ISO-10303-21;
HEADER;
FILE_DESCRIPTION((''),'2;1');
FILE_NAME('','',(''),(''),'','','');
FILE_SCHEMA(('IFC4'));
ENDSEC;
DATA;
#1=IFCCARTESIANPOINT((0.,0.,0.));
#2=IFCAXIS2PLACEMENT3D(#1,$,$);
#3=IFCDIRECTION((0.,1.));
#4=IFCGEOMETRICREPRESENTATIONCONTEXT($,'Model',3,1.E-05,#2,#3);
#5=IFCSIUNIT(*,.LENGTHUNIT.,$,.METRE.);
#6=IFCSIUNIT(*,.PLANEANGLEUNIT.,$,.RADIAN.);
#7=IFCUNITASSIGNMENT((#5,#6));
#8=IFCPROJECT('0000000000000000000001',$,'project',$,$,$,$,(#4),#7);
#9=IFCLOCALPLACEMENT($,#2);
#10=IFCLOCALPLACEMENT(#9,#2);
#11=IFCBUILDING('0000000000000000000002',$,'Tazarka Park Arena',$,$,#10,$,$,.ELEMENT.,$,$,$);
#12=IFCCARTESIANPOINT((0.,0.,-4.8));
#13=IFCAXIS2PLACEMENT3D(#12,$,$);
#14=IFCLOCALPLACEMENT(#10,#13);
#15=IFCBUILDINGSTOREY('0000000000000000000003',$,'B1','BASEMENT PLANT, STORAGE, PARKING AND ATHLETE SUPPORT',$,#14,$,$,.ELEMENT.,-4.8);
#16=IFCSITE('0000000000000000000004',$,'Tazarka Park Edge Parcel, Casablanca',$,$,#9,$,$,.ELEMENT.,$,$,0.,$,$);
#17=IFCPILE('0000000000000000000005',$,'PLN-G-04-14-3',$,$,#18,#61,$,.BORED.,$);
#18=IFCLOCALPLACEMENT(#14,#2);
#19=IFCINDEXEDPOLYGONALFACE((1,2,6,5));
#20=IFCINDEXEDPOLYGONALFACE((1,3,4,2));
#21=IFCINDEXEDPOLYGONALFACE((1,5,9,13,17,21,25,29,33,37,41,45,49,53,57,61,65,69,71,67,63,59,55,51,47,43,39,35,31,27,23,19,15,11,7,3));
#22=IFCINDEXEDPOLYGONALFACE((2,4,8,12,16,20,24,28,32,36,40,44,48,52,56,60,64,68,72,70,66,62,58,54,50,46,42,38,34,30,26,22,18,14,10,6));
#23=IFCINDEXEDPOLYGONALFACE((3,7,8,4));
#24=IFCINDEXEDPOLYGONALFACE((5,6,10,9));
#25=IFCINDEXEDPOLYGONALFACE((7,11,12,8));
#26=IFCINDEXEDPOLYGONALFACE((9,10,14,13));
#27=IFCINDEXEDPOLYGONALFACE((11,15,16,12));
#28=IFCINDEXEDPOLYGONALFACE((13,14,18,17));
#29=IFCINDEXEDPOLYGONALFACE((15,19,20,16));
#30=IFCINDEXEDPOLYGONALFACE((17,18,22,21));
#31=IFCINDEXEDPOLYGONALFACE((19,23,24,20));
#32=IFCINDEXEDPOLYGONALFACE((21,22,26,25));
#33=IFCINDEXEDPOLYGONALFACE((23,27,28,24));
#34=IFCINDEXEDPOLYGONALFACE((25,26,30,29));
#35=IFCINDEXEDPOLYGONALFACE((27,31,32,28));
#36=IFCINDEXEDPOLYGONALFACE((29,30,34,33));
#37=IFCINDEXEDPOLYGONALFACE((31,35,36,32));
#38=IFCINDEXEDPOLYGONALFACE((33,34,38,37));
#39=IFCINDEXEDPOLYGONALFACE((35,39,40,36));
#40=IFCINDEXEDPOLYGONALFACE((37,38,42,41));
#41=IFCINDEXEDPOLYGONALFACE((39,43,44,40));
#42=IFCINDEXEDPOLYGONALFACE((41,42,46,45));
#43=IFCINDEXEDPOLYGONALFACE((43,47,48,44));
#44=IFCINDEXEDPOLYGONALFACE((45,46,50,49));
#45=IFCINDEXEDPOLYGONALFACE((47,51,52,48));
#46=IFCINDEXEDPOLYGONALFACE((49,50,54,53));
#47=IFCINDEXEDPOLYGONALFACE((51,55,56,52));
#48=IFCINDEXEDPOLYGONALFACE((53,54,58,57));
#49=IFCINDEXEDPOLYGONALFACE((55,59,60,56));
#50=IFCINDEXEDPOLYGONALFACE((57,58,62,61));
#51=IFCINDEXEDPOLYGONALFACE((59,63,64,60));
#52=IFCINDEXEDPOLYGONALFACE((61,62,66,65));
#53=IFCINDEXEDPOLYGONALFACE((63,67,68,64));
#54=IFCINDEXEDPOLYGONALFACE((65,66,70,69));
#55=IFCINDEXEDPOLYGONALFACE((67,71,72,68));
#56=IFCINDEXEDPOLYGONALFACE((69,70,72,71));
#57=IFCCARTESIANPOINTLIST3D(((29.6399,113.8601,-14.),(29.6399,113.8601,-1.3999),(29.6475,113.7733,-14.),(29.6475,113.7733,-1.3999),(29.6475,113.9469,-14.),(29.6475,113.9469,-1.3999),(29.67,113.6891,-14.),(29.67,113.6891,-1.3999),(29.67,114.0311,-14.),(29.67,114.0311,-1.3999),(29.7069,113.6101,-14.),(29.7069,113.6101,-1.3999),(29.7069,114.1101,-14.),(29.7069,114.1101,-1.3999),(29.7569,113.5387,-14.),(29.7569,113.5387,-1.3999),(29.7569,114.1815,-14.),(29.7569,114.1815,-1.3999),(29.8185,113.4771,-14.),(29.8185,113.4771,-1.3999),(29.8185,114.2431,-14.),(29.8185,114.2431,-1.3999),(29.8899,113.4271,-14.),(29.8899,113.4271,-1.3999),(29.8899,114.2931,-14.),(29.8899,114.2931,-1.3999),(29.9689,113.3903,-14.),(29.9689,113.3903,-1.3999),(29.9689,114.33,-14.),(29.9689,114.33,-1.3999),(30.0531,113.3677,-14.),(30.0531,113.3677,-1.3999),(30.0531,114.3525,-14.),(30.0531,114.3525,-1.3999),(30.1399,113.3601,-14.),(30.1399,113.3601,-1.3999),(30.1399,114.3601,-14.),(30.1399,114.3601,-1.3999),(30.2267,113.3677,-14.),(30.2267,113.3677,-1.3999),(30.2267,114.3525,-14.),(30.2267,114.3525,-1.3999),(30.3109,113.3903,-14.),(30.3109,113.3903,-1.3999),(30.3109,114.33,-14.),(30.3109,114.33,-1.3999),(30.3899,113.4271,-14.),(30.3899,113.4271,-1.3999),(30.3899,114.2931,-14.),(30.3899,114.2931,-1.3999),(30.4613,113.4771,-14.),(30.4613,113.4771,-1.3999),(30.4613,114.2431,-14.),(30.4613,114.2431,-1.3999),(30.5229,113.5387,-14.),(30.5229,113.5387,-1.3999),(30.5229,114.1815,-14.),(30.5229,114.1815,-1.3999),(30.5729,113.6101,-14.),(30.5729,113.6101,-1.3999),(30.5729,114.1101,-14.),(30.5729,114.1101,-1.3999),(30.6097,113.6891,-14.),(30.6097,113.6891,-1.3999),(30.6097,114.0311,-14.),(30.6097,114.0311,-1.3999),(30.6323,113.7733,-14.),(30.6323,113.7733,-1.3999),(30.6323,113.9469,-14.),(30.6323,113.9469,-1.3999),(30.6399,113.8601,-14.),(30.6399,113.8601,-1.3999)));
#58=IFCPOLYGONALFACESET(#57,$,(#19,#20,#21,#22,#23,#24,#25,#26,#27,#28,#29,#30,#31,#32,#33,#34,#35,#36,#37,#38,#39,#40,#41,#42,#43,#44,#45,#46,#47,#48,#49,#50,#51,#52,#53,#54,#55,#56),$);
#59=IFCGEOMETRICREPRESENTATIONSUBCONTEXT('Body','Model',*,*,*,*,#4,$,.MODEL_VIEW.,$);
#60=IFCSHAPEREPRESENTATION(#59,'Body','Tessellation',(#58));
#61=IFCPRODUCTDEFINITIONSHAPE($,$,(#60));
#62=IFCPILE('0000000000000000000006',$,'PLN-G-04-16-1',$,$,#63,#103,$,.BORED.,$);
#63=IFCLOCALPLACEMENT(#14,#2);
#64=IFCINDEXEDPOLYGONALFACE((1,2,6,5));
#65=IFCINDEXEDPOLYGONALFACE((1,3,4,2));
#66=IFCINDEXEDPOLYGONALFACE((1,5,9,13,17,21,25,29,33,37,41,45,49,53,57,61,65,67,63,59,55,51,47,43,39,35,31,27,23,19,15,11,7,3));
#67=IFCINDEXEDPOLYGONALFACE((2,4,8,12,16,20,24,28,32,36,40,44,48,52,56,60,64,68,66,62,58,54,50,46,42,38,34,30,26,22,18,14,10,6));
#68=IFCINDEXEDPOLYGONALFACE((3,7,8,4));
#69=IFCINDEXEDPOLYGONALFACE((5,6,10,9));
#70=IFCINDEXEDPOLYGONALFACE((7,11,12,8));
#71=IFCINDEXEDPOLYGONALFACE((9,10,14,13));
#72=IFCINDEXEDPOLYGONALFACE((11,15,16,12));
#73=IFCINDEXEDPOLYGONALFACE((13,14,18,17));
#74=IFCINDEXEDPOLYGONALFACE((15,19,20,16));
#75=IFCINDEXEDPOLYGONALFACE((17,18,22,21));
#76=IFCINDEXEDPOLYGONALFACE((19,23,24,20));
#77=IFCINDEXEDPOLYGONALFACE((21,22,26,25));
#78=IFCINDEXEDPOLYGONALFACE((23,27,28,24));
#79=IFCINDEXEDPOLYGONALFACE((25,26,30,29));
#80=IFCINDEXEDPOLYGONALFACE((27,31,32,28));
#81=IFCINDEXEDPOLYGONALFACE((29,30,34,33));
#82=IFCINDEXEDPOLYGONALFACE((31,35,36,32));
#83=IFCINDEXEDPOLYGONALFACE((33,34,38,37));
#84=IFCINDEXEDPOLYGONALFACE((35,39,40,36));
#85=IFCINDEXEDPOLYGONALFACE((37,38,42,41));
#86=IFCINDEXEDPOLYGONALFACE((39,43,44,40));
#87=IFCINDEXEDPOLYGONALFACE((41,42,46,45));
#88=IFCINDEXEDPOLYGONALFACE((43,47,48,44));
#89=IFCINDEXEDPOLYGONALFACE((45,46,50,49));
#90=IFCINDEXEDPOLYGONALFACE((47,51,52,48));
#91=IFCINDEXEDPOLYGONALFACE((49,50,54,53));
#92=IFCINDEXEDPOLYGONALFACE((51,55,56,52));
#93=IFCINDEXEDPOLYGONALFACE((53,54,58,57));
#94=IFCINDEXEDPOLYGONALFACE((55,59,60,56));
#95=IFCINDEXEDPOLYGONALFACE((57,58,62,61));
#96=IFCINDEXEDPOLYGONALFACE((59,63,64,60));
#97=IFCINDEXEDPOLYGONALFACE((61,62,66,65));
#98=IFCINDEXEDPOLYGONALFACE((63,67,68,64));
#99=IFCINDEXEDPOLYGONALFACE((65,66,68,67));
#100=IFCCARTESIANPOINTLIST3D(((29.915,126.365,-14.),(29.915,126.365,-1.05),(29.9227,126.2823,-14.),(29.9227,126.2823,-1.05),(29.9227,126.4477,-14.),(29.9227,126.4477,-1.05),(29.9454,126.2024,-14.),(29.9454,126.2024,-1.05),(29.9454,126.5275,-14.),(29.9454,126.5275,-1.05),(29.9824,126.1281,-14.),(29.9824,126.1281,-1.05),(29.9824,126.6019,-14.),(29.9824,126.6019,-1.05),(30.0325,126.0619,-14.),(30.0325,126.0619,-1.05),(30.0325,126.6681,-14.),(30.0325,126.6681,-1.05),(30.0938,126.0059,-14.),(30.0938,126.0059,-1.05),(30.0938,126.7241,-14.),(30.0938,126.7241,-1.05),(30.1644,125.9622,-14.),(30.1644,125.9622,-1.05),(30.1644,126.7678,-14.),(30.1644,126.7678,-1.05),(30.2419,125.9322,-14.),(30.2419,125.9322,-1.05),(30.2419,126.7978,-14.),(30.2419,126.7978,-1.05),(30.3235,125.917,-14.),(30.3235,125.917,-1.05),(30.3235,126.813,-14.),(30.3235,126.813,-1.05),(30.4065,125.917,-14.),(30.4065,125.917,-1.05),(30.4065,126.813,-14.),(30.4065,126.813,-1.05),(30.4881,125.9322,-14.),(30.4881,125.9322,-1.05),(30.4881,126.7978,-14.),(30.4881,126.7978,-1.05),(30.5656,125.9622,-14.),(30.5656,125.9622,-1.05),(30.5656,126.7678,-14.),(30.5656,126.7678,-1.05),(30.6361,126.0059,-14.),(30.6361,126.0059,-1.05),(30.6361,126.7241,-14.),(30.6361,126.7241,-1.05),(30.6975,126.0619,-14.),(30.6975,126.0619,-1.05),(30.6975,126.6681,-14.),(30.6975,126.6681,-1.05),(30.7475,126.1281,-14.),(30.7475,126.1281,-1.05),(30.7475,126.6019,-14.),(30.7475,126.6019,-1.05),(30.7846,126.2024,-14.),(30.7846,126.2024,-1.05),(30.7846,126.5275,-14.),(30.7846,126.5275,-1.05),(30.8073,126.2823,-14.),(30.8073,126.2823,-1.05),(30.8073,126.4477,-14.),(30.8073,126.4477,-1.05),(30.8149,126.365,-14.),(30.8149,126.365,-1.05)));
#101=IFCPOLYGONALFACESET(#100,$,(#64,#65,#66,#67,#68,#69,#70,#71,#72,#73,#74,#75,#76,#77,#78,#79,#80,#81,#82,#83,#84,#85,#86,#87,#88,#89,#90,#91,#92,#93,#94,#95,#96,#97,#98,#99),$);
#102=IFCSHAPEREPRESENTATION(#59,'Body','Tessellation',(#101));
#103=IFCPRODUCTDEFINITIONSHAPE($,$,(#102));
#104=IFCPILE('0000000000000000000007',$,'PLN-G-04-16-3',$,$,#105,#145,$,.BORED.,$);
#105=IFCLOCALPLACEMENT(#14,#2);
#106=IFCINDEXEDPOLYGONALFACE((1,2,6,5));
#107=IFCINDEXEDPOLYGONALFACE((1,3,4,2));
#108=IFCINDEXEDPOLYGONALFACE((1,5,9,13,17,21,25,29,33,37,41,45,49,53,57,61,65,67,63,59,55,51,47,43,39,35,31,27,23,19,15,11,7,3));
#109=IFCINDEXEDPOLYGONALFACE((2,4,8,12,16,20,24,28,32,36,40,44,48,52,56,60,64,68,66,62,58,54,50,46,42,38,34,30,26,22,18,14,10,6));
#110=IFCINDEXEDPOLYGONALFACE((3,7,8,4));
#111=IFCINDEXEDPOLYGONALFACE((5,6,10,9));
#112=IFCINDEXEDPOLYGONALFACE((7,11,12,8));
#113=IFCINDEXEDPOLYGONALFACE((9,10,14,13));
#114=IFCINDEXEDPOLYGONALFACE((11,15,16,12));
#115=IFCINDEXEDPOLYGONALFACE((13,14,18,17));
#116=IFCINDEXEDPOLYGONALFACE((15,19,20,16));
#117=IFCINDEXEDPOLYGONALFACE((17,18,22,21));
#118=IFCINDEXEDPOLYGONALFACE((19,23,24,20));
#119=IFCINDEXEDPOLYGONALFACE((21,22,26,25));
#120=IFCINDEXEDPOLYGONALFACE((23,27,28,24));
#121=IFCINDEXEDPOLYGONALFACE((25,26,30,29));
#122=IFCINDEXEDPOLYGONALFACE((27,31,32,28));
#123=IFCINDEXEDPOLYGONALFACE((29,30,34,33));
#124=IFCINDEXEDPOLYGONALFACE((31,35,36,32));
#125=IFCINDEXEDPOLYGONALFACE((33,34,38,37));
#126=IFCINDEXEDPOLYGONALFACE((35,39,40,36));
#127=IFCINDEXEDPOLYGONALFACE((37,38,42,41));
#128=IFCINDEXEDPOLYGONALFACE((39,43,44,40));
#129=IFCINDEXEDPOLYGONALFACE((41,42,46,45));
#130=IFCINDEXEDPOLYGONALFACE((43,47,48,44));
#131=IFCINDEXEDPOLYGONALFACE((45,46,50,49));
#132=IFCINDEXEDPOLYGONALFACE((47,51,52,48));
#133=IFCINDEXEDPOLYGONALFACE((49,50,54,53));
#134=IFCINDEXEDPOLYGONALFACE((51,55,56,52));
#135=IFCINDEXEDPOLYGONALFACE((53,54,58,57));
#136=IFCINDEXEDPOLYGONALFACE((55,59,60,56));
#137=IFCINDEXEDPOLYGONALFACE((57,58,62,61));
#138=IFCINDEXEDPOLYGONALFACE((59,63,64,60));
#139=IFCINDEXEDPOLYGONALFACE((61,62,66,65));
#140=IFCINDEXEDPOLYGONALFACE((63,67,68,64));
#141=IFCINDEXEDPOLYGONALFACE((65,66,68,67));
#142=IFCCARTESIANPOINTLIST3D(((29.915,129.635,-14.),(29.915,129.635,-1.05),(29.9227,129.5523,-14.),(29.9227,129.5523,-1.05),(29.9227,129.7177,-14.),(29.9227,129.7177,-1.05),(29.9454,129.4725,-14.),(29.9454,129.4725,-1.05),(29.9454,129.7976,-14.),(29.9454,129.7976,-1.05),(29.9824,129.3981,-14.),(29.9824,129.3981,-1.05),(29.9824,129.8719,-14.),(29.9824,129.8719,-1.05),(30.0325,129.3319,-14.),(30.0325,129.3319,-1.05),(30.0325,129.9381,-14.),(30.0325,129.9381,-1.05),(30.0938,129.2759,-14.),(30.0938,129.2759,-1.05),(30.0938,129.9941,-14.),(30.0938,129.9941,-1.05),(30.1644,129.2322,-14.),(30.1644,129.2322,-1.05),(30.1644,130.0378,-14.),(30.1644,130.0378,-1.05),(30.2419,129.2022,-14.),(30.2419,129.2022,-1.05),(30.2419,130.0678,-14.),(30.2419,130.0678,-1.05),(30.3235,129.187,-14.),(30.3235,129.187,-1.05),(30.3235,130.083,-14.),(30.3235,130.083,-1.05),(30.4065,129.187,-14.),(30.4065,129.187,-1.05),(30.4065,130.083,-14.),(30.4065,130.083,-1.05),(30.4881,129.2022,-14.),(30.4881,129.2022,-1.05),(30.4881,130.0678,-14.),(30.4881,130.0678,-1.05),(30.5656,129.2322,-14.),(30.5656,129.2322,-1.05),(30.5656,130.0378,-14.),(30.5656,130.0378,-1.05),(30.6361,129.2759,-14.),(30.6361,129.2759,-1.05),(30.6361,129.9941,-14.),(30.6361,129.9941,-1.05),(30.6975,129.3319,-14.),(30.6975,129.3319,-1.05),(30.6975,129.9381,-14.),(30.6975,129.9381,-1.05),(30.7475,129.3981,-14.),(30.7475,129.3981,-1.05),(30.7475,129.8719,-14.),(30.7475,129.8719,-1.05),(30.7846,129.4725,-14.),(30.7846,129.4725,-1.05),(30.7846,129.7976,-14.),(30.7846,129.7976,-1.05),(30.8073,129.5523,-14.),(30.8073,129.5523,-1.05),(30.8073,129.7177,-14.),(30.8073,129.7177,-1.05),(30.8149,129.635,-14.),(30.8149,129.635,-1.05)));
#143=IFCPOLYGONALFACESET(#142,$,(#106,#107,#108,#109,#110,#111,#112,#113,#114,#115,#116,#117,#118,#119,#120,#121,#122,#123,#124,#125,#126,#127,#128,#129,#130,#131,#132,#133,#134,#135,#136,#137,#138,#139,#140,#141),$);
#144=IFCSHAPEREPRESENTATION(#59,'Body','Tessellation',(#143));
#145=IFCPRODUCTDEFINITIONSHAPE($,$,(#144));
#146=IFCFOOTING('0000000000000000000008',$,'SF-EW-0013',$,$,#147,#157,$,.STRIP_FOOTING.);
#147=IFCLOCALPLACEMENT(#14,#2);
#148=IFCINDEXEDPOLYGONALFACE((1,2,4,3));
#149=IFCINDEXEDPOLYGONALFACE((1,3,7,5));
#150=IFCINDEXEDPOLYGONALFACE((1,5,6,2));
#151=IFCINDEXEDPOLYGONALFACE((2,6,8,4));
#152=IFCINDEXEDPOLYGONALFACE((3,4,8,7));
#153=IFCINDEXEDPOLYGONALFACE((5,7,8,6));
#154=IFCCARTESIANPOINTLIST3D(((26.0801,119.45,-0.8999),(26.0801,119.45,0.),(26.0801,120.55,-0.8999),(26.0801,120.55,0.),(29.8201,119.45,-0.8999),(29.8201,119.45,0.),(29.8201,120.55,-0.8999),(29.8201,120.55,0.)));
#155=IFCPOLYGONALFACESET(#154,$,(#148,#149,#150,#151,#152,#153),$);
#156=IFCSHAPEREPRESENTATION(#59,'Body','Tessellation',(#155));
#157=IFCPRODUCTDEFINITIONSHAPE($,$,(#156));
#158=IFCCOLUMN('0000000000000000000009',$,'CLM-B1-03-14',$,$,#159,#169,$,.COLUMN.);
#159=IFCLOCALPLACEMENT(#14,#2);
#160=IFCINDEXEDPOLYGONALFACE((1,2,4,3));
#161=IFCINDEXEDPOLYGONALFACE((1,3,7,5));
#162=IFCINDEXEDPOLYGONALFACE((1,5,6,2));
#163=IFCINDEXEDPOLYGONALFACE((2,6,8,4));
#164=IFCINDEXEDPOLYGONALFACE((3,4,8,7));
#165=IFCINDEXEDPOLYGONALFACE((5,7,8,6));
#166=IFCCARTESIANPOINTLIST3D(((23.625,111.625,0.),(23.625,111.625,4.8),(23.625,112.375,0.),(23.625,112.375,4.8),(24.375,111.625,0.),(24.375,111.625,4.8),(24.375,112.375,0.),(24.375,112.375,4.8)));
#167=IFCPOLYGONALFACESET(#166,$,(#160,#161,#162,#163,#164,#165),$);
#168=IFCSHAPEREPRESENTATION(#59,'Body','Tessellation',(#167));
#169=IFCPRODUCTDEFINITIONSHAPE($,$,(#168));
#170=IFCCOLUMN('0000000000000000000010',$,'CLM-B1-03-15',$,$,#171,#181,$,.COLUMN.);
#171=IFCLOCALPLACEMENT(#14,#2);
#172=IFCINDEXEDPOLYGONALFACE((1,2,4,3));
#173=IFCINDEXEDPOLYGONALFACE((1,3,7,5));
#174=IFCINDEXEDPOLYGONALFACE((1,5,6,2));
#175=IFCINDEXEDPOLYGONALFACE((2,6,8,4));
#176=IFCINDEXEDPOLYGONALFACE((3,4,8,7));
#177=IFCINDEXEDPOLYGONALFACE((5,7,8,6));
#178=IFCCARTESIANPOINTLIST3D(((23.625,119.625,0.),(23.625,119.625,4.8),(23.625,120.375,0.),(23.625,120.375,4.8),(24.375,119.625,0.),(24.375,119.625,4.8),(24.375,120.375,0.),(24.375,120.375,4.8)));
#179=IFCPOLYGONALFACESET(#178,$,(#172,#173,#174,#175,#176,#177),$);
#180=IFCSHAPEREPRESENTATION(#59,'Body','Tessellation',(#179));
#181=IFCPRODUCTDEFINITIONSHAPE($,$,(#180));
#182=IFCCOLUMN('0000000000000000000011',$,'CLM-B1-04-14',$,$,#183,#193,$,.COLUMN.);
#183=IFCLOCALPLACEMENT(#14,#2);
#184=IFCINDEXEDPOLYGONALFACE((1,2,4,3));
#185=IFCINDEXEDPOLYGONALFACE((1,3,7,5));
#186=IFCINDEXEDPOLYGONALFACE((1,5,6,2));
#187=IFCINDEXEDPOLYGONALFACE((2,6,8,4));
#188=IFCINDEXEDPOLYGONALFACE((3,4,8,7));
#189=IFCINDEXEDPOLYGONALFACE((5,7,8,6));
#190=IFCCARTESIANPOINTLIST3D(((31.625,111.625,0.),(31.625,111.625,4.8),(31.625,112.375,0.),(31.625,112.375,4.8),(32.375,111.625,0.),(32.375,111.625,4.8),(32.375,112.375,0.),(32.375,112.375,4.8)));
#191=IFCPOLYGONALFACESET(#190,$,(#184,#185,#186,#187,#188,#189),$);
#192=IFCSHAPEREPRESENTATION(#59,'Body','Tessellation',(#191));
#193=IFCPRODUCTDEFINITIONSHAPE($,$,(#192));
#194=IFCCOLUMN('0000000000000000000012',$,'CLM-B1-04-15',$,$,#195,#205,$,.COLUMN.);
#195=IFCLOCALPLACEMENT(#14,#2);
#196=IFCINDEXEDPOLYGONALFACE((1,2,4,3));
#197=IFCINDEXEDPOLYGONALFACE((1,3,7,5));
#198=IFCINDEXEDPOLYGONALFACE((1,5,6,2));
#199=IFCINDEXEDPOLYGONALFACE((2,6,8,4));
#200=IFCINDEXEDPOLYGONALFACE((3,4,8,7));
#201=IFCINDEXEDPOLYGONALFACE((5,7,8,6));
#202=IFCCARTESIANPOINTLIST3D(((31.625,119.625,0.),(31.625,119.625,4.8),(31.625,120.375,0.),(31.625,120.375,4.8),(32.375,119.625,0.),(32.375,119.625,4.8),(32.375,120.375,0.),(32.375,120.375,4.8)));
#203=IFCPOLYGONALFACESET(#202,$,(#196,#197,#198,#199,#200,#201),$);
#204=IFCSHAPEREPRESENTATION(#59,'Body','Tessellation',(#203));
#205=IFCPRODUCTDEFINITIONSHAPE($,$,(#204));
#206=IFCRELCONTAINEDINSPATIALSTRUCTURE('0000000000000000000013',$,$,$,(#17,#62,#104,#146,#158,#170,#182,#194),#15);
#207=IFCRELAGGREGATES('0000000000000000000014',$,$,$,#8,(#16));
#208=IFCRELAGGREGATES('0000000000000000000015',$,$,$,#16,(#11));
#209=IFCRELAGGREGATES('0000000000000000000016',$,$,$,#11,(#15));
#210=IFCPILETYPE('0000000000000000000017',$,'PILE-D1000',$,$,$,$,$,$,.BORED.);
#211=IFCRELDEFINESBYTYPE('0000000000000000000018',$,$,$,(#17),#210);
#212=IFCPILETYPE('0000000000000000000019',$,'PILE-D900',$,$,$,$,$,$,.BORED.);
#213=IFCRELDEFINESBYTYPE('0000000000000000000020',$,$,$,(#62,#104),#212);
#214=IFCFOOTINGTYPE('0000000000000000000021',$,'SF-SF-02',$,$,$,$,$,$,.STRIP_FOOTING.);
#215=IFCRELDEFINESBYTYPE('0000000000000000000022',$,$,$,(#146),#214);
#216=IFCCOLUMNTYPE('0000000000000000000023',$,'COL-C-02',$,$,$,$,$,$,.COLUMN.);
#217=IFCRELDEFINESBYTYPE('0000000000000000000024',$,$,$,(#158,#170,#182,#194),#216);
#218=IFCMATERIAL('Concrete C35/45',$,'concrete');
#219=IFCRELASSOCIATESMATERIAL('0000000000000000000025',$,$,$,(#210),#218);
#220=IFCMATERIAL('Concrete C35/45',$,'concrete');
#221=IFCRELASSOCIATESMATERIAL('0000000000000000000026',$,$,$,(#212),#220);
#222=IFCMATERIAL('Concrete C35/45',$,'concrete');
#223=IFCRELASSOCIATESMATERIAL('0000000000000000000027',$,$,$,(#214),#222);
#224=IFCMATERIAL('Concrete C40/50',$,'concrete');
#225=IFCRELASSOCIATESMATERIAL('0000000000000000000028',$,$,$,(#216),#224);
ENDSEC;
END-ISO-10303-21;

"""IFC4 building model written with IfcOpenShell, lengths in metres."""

from ifc_helpers import new_model, si_unit, direction, frame, origin, origin_2d, place, context, subcontext, project, spatial, rectangle, circle, extrude, material, material_profile, profile_set, type_object, element, save


model = new_model("IFC4")

# Units and contexts
model_context = context("Model", 3, precision=1e-05, world=origin(), true_north=direction((0.0, 1.0)))
body_context = subcontext(model_context, "Body", "Model", "MODEL_VIEW")
ifc_project = project(units=[si_unit("LENGTHUNIT", "METRE"), si_unit("PLANEANGLEUNIT", "RADIAN")], contexts=[model_context])

# Site, building, storey
site_placement = place(None, origin())
site = spatial("IfcSite", under=ifc_project, at=site_placement, Name="Tazarka Park Edge Parcel, Casablanca", CompositionType="ELEMENT", RefElevation=0.0)
building_placement = place(site_placement, origin())
building = spatial("IfcBuilding", under=site, at=building_placement, Name="Tazarka Park Arena", CompositionType="ELEMENT")
storey_placement = place(building_placement, frame((0.0, 0.0, -4.8)))
storey = spatial("IfcBuildingStorey", under=building, at=storey_placement, Name="B1", Description="BASEMENT PLANT, STORAGE, PARKING AND ATHLETE SUPPORT", CompositionType="ELEMENT", Elevation=-4.8)

# Piles
ifc_material_1 = material(Name="Concrete C35/45", Category="concrete")
ifc_material_profile_1 = material_profile(ifc_material_1, circle(Radius=0.5, at=origin_2d()), Name="Concrete C35/45")
ifc_profile_set_1 = profile_set([ifc_material_profile_1], Name="Concrete C35/45")
pile_type_1 = type_object("IfcPileType", Name="PILE-D1000", PredefinedType="BORED", material=ifc_profile_set_1)
for number, where, z_axis, x_axis, name in (
    (1, (30.1399, 113.8601, -1.3999), (0.0, 0.0, -1.0), (1.0, 0.0, 0.0), "PLN-G-04-14-3"),
):
    element("IfcPile", number, at=place(storey_placement, frame(where, z_axis=z_axis, x_axis=x_axis)), inside=storey, type_object=pile_type_1, Name=name, PredefinedType="BORED", context=body_context, shape_type="SweptSolid", body=[
        extrude(circle(Radius=0.5, at=origin_2d()), origin(), (0.0, 0.0, 1.0), 12.6001),
    ])
ifc_material_2 = material(Name="Concrete C35/45", Category="concrete")
ifc_material_profile_2 = material_profile(ifc_material_2, circle(Radius=0.45, at=origin_2d()), Name="Concrete C35/45")
ifc_profile_set_2 = profile_set([ifc_material_profile_2], Name="Concrete C35/45")
pile_type_2 = type_object("IfcPileType", Name="PILE-D900", PredefinedType="BORED", material=ifc_profile_set_2)
for number, where, z_axis, x_axis, name in (
    (2, (30.365, 126.365, -1.05), (0.0, 0.0, -1.0), (1.0, 0.0, 0.0), "PLN-G-04-16-1"),
    (3, (30.365, 129.635, -1.05), (0.0, 0.0, -1.0), (1.0, 0.0, 0.0), "PLN-G-04-16-3"),
):
    element("IfcPile", number, at=place(storey_placement, frame(where, z_axis=z_axis, x_axis=x_axis)), inside=storey, type_object=pile_type_2, Name=name, PredefinedType="BORED", context=body_context, shape_type="SweptSolid", body=[
        extrude(circle(Radius=0.45, at=origin_2d()), origin(), (0.0, 0.0, 1.0), 12.95),
    ])

# Footing
ifc_material_3 = material(Name="Concrete C35/45", Category="concrete")
ifc_material_profile_3 = material_profile(ifc_material_3, rectangle(XDim=1.1001, YDim=0.8999, at=origin_2d()), Name="Concrete C35/45")
ifc_profile_set_3 = profile_set([ifc_material_profile_3], Name="Concrete C35/45")
footing_type_1 = type_object("IfcFootingType", Name="SF-SF-02", PredefinedType="STRIP_FOOTING", material=ifc_profile_set_3)
footing_1_placement = place(storey_placement, frame((26.0801, 120.0, -0.45), z_axis=(1.0, 0.0, 0.0), x_axis=(0.0, 1.0, 0.0)))
element("IfcFooting", 4, at=footing_1_placement, inside=storey, type_object=footing_type_1, Name="SF-EW-0013", PredefinedType="STRIP_FOOTING", context=body_context, shape_type="SweptSolid", body=[
    extrude(rectangle(XDim=1.1001, YDim=0.8999, at=origin_2d()), origin(), (0.0, 0.0, 1.0), 3.74),
])

# Columns
ifc_material_4 = material(Name="Concrete C40/50", Category="concrete")
ifc_material_profile_4 = material_profile(ifc_material_4, rectangle(XDim=0.75, YDim=0.75, at=origin_2d()), Name="Concrete C40/50")
ifc_profile_set_4 = profile_set([ifc_material_profile_4], Name="Concrete C40/50")
column_type = type_object("IfcColumnType", Name="COL-C-02", PredefinedType="COLUMN", material=ifc_profile_set_4)
for number, where, z_axis, x_axis, name in (
    (5, (24.0, 112.0, 0.0), (0.0, 0.0, 1.0), (1.0, 0.0, 0.0), "CLM-B1-03-14"),
    (6, (24.0, 120.0, 0.0), (0.0, 0.0, 1.0), (1.0, 0.0, 0.0), "CLM-B1-03-15"),
    (7, (32.0, 112.0, 0.0), (0.0, 0.0, 1.0), (1.0, 0.0, 0.0), "CLM-B1-04-14"),
    (8, (32.0, 120.0, 0.0), (0.0, 0.0, 1.0), (1.0, 0.0, 0.0), "CLM-B1-04-15"),
):
    element("IfcColumn", number, at=place(storey_placement, frame(where, z_axis=z_axis, x_axis=x_axis)), inside=storey, type_object=column_type, Name=name, PredefinedType="COLUMN", context=body_context, shape_type="SweptSolid", body=[
        extrude(rectangle(XDim=0.75, YDim=0.75, at=origin_2d()), origin(), (0.0, 0.0, 1.0), 4.8),
    ])

save(model, "model.ifc")
